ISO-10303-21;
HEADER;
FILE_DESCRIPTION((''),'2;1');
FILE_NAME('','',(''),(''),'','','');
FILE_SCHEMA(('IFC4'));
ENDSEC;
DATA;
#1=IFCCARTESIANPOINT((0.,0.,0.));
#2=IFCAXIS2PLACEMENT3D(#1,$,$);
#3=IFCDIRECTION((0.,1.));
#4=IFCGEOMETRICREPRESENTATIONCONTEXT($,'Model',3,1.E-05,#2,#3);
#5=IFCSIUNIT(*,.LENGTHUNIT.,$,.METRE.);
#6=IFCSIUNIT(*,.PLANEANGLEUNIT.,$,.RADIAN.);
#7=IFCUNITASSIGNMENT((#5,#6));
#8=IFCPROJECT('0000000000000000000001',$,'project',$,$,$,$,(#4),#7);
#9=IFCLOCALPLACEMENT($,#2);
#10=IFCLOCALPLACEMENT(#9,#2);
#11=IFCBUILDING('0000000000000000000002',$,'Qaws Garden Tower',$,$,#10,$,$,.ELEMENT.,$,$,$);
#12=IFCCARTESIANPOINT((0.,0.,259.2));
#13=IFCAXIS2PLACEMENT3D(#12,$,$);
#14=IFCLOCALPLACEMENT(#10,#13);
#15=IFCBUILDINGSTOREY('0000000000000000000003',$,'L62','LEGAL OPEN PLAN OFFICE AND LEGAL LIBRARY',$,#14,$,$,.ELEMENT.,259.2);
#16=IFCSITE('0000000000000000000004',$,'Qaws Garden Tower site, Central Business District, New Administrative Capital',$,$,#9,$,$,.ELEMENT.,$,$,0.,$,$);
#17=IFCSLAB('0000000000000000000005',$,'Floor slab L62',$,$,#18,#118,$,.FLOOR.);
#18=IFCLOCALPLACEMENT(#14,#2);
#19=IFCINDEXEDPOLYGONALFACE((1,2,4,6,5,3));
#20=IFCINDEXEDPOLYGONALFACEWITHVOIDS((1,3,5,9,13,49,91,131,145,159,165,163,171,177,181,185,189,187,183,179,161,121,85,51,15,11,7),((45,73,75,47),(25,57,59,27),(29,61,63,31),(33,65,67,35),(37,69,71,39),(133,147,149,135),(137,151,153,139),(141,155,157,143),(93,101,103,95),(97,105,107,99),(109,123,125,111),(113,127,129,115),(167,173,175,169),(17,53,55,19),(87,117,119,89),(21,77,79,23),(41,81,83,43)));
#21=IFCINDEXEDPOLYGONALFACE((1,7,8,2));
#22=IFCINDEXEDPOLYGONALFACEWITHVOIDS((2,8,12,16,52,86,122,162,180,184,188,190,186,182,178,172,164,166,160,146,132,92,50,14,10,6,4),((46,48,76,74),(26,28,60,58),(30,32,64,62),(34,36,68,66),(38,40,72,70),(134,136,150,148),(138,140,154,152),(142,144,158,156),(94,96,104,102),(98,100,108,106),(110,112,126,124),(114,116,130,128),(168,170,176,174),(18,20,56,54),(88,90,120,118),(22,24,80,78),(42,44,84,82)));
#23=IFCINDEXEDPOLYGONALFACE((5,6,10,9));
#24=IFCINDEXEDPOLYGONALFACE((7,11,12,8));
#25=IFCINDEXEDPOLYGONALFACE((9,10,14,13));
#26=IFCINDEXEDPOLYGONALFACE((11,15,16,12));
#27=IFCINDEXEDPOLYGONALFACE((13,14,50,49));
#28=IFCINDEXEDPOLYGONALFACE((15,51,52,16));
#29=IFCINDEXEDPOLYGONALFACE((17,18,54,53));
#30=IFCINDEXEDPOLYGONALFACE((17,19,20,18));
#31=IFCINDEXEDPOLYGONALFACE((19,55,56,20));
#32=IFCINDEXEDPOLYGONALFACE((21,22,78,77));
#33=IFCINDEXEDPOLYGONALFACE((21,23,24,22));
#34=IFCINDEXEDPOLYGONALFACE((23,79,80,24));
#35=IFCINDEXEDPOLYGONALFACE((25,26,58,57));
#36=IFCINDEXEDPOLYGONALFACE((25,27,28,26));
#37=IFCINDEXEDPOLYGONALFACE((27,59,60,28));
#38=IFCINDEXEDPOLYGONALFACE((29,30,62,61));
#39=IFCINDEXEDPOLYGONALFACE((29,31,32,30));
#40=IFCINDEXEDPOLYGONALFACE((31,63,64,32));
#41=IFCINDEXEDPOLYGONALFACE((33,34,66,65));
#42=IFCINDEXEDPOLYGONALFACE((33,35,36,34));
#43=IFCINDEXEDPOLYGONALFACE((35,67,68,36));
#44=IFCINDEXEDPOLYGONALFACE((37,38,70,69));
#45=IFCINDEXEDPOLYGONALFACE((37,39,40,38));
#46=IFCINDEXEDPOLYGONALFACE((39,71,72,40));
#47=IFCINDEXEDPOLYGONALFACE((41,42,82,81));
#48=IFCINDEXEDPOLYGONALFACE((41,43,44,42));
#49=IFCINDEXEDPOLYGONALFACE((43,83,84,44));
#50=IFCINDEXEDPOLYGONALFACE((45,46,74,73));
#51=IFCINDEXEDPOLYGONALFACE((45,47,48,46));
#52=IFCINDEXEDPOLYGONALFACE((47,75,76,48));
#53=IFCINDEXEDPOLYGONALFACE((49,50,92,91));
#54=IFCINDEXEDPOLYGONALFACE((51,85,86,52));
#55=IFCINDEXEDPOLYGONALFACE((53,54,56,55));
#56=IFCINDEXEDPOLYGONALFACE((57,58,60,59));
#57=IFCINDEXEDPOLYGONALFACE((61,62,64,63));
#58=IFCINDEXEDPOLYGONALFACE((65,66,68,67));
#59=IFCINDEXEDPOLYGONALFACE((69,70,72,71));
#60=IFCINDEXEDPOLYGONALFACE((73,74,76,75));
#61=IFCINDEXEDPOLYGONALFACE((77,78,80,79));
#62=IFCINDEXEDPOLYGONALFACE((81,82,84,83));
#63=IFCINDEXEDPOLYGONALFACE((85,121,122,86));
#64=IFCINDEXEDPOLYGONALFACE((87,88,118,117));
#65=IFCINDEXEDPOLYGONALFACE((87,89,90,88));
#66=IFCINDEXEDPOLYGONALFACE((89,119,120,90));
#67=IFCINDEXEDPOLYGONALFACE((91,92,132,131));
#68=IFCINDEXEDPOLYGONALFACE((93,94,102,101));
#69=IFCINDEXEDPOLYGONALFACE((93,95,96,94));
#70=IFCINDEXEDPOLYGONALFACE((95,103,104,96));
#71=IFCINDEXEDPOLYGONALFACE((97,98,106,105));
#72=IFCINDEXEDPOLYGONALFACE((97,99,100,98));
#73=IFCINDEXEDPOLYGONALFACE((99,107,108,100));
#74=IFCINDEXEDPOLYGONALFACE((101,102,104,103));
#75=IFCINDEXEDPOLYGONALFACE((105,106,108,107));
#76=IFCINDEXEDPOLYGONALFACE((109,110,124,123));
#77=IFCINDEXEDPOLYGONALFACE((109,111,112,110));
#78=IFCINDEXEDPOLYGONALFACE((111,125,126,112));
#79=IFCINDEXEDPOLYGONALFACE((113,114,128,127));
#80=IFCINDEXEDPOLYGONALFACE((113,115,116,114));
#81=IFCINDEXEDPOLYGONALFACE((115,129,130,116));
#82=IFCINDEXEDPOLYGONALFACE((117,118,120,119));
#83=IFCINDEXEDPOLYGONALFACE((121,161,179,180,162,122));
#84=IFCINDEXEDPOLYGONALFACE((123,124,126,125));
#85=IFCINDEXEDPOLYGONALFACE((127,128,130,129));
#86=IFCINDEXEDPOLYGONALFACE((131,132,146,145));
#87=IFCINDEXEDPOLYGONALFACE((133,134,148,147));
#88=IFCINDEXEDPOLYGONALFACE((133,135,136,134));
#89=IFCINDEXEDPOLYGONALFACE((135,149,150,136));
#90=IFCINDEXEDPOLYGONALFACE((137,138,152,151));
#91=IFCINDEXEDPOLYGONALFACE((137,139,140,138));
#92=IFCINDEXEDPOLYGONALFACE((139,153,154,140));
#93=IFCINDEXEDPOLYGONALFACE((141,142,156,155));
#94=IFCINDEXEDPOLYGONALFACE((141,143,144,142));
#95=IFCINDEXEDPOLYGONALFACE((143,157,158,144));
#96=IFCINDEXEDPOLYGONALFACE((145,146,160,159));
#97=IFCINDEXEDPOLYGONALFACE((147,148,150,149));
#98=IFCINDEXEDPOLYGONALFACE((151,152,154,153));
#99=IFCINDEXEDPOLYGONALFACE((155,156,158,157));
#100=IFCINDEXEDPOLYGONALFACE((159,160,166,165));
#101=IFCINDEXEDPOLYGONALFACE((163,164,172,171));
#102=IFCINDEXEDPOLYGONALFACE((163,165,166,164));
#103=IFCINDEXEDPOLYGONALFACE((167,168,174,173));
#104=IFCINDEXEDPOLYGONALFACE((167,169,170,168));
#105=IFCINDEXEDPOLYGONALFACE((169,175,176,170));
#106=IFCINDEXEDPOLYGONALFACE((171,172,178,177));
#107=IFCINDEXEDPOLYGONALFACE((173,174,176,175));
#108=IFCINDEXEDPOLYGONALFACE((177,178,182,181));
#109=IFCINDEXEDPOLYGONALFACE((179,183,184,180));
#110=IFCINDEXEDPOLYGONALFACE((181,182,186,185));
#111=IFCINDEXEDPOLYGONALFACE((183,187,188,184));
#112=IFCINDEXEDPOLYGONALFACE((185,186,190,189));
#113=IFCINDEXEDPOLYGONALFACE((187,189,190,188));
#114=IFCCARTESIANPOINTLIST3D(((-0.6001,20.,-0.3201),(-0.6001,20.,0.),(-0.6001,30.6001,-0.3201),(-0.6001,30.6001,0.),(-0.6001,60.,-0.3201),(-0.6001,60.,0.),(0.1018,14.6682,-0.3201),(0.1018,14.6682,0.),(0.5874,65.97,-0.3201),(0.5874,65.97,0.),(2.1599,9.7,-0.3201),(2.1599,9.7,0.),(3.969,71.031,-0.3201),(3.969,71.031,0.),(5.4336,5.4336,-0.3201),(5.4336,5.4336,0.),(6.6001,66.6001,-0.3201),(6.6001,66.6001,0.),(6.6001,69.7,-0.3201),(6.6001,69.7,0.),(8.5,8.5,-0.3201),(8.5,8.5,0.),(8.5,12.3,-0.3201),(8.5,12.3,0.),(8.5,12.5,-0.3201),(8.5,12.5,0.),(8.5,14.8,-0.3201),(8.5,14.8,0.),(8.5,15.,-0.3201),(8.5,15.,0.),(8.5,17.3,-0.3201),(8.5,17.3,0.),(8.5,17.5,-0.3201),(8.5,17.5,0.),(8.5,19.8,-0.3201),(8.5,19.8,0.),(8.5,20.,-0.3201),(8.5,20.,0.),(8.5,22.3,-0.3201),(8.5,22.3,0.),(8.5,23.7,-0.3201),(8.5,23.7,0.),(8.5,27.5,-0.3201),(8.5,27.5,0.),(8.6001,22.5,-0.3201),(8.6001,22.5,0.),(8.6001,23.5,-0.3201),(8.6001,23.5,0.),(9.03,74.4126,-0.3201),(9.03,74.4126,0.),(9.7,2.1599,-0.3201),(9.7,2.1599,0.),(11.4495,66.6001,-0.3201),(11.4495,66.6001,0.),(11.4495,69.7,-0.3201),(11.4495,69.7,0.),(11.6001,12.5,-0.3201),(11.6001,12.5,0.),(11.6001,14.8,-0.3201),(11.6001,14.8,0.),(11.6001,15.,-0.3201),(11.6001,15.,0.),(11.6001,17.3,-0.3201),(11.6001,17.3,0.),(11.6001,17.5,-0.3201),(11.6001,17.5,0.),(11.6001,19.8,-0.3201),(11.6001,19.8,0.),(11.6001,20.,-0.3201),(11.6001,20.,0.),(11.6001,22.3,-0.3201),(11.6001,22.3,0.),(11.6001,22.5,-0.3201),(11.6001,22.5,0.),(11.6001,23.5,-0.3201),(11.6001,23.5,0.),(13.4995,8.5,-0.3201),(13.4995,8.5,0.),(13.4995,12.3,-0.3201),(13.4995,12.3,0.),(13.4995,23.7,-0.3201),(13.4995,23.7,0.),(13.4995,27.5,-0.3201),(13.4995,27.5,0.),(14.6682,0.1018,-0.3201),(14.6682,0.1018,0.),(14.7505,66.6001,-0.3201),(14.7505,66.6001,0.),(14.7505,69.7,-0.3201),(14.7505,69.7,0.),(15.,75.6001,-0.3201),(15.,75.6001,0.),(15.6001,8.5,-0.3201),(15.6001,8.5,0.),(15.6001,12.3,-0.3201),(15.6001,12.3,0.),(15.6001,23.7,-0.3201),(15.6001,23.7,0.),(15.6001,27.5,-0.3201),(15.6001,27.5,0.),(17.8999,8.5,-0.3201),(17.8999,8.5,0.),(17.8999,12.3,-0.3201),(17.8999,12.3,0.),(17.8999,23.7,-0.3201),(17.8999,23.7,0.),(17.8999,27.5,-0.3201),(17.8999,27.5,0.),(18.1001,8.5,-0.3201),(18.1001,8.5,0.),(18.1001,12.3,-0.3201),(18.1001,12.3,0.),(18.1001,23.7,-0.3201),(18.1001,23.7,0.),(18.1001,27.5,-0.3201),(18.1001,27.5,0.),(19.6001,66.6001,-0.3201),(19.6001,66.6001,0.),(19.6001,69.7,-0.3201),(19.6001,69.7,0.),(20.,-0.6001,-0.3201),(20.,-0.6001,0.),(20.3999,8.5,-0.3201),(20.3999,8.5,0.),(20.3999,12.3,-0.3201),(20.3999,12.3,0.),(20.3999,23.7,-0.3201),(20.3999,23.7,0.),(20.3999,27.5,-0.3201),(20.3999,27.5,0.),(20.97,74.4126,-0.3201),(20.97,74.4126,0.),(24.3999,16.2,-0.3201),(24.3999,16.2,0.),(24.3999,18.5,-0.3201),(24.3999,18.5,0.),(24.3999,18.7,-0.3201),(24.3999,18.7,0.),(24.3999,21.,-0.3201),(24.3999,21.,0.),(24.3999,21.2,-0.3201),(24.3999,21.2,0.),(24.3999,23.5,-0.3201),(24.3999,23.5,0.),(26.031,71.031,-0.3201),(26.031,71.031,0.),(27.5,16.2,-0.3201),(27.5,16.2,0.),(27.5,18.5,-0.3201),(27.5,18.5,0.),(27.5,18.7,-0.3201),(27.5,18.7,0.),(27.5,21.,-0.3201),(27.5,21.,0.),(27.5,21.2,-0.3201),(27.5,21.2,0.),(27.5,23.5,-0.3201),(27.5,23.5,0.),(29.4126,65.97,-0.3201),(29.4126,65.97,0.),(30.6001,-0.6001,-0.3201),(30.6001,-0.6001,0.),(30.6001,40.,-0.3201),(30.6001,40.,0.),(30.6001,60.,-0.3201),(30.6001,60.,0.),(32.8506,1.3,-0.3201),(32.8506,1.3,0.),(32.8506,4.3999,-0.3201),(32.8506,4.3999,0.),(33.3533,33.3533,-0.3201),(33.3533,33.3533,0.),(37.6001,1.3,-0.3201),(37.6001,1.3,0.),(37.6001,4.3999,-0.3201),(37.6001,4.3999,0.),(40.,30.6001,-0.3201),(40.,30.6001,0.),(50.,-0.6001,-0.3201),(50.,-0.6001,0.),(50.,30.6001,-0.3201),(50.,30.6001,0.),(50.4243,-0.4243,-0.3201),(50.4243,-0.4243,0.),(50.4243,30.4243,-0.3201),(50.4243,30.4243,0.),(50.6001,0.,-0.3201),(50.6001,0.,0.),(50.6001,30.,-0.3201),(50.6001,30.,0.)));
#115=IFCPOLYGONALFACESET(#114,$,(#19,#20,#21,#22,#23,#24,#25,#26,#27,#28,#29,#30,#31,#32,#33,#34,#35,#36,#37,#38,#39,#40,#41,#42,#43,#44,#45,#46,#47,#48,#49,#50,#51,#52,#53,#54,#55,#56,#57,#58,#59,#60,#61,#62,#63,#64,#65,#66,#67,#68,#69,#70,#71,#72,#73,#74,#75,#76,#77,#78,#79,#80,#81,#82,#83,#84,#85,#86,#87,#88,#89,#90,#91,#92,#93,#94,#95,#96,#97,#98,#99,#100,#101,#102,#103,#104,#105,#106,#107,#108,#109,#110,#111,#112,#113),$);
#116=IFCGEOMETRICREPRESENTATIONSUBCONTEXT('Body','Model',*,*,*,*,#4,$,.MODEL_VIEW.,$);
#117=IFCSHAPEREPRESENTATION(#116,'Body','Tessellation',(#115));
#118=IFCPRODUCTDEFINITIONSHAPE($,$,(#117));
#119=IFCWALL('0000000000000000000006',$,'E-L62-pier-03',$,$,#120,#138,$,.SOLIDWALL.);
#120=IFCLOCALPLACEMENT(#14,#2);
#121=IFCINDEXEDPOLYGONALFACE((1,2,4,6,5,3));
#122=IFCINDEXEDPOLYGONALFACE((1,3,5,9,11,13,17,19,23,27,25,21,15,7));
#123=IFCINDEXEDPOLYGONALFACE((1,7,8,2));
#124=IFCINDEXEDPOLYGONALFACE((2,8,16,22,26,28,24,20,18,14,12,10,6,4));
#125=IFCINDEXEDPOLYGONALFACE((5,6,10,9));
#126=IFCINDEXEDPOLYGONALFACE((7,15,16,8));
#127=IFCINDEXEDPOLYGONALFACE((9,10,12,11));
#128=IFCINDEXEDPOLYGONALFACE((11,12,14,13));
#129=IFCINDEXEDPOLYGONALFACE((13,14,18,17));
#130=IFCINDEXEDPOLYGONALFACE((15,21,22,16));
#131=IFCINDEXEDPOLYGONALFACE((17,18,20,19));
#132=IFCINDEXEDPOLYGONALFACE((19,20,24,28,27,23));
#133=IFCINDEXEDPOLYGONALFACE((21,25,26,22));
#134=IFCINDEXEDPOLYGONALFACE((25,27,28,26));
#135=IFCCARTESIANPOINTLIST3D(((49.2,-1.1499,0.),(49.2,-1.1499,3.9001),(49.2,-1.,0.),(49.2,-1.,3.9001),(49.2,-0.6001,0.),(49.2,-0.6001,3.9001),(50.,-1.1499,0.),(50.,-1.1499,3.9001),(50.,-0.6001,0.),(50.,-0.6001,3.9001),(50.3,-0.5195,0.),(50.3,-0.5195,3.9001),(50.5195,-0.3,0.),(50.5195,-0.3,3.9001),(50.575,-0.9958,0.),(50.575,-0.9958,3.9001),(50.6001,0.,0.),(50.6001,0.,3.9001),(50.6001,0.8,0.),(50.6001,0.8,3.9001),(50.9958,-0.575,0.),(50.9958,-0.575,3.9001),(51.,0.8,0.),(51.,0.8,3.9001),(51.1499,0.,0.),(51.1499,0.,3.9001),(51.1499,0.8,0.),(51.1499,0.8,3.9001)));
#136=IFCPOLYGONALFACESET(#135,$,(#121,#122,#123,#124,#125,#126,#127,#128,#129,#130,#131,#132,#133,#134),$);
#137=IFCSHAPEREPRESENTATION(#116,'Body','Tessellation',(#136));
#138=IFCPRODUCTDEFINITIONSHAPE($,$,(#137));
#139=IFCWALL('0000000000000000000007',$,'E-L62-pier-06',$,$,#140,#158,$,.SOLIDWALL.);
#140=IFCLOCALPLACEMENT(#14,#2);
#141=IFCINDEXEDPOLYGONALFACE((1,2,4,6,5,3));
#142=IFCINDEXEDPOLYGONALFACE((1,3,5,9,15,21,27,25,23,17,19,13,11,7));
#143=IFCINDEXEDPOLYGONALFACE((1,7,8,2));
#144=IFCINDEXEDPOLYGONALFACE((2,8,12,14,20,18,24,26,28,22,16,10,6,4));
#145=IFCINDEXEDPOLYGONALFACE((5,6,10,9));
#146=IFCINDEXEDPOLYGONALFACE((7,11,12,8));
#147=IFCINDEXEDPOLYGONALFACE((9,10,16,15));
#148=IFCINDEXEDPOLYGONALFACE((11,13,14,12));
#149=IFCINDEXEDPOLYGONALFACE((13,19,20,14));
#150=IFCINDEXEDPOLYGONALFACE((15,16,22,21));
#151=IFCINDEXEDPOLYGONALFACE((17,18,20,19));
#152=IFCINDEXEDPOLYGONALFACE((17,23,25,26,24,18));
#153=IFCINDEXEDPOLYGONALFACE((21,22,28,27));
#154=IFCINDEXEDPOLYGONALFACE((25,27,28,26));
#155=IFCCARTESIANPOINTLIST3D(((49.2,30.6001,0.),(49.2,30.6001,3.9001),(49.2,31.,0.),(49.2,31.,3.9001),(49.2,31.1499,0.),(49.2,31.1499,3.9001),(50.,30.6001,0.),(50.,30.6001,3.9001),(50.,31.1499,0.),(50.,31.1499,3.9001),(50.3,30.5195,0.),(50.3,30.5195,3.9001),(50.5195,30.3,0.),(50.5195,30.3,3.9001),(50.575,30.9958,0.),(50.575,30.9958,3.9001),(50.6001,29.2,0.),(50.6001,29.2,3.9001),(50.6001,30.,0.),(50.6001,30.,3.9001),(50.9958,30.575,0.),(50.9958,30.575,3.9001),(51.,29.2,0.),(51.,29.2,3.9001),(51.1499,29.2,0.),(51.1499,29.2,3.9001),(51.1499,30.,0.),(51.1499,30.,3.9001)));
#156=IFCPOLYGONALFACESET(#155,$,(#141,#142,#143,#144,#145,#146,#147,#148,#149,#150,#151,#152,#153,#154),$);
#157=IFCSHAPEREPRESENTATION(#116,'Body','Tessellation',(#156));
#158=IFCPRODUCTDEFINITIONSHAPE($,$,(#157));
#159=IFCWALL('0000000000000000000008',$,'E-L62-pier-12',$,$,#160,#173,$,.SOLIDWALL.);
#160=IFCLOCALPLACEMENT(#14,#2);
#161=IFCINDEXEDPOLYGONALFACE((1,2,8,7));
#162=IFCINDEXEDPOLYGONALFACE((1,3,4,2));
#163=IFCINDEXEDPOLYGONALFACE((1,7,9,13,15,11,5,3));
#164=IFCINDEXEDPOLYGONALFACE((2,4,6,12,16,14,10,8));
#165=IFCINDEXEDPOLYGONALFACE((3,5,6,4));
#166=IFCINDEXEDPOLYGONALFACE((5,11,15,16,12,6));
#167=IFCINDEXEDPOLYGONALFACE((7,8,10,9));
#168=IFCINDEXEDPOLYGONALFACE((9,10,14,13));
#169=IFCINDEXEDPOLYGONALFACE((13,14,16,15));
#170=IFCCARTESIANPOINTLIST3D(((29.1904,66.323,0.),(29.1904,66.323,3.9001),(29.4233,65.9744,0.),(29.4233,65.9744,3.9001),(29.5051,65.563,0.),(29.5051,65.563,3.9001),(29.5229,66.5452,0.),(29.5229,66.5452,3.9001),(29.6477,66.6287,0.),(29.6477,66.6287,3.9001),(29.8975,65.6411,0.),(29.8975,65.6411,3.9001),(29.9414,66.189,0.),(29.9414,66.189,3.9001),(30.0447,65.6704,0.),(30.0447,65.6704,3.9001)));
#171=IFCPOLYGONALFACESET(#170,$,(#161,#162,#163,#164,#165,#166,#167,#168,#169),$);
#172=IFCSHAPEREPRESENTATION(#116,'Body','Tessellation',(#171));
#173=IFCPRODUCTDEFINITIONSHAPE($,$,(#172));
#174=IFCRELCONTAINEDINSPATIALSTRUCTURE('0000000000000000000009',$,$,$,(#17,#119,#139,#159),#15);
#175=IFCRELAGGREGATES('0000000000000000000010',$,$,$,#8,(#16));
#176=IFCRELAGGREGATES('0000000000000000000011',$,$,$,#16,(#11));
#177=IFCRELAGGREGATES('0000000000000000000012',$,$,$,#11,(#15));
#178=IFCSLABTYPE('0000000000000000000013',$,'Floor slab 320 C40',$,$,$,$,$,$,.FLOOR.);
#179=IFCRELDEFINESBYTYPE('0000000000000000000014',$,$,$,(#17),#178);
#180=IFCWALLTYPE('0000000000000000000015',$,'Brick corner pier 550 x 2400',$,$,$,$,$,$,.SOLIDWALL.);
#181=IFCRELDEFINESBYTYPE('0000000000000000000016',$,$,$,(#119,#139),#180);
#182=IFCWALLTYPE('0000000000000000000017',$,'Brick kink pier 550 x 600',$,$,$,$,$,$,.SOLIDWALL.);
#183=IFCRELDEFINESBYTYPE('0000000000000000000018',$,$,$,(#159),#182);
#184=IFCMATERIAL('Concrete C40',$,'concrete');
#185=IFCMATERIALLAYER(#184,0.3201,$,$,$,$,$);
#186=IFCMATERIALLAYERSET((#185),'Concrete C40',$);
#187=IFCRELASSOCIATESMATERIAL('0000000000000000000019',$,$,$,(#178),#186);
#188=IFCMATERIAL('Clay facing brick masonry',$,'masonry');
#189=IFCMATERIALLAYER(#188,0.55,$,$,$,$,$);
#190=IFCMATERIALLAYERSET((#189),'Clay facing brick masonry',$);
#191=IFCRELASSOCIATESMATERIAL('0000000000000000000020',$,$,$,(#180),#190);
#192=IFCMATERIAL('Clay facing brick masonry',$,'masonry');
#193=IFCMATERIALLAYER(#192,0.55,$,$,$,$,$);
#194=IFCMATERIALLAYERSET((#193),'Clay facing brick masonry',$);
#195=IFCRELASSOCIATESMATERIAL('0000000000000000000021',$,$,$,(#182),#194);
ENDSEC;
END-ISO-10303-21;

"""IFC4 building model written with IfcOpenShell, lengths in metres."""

from ifc_helpers import new_model, si_unit, direction, frame, origin, place, context, subcontext, project, spatial, polyline, outline, extrude, material, layer, layer_set, type_object, element, save


model = new_model("IFC4")

# Units and contexts
model_context = context("Model", 3, precision=1e-05, world=origin(), true_north=direction((0.0, 1.0)))
body_context = subcontext(model_context, "Body", "Model", "MODEL_VIEW")
ifc_project = project(units=[si_unit("LENGTHUNIT", "METRE"), si_unit("PLANEANGLEUNIT", "RADIAN")], contexts=[model_context])

# Site, building, storey
site_placement = place(None, origin())
site = spatial("IfcSite", under=ifc_project, at=site_placement, Name="Qaws Garden Tower site, Central Business District, New Administrative Capital", CompositionType="ELEMENT", RefElevation=0.0)
building_placement = place(site_placement, origin())
building = spatial("IfcBuilding", under=site, at=building_placement, Name="Qaws Garden Tower", CompositionType="ELEMENT")
storey_placement = place(building_placement, frame((0.0, 0.0, 259.2)))
storey = spatial("IfcBuildingStorey", under=building, at=storey_placement, Name="L62", Description="LEGAL OPEN PLAN OFFICE AND LEGAL LIBRARY", CompositionType="ELEMENT", Elevation=259.2)

# Slab
ifc_material_1 = material(Name="Concrete C40", Category="concrete")
ifc_layer_1 = layer(ifc_material_1, 0.3201)
ifc_layer_set_1 = layer_set([ifc_layer_1], Name="Concrete C40")
slab_type = type_object("IfcSlabType", Name="Floor slab 320 C40", PredefinedType="FLOOR", material=ifc_layer_set_1)
slab_placement = place(storey_placement, frame((0.0, 0.0, -0.3201)))
element("IfcSlab", 1, at=slab_placement, inside=storey, type_object=slab_type, Name="Floor slab L62", PredefinedType="FLOOR", context=body_context, shape_type="SweptSolid", body=[
    extrude(outline(polyline([(0.1018, 14.6682), (-0.6001, 20.0), (-0.6001, 30.6001), (-0.6001, 60.0), (-0.6001, 60.0), (0.5874, 65.97), (3.969, 71.031), (9.03, 74.4126), (15.0, 75.6001), (20.97, 74.4126), (26.031, 71.031), (29.4126, 65.97), (30.6001, 60.0), (30.6001, 40.0), (33.3533, 33.3533), (40.0, 30.6001), (50.0, 30.6001), (50.4243, 30.4243), (50.6001, 30.0), (50.6001, 0.0), (50.4243, -0.4243), (50.0, -0.6001), (30.6001, -0.6001), (20.0, -0.6001), (14.6682, 0.1018), (9.7, 2.1599), (5.4336, 5.4336), (2.1599, 9.7), (0.1018, 14.6682)]), holes=[polyline([(13.4995, 12.3), (8.5, 12.3), (8.5, 8.5), (13.4995, 8.5), (13.4995, 12.3)]), polyline([(17.8999, 12.3), (15.6001, 12.3), (15.6001, 8.5), (17.8999, 8.5), (17.8999, 12.3)]), polyline([(11.6001, 14.8), (8.5, 14.8), (8.5, 12.5), (11.6001, 12.5), (11.6001, 14.8)]), polyline([(11.6001, 17.3), (8.5, 17.3), (8.5, 15.0), (11.6001, 15.0), (11.6001, 17.3)]), polyline([(11.6001, 19.8), (8.5, 19.8), (8.5, 17.5), (11.6001, 17.5), (11.6001, 19.8)]), polyline([(11.6001, 22.3), (8.5, 22.3), (8.5, 20.0), (11.6001, 20.0), (11.6001, 22.3)]), polyline([(11.6001, 23.5), (8.6001, 23.5), (8.6001, 22.5), (11.6001, 22.5), (11.6001, 23.5)]), polyline([(13.4995, 27.5), (8.5, 27.5), (8.5, 23.7), (13.4995, 23.7), (13.4995, 27.5)]), polyline([(11.4495, 69.7), (6.6001, 69.7), (6.6001, 66.6001), (11.4495, 66.6001), (11.4495, 69.7)]), polyline([(37.6001, 4.3999), (32.8506, 4.3999), (32.8506, 1.3), (37.6001, 1.3), (37.6001, 4.3999)]), polyline([(20.3999, 12.3), (18.1001, 12.3), (18.1001, 8.5), (20.3999, 8.5), (20.3999, 12.3)]), polyline([(27.5, 18.5), (24.3999, 18.5), (24.3999, 16.2), (27.5, 16.2), (27.5, 18.5)]), polyline([(27.5, 21.0), (24.3999, 21.0), (24.3999, 18.7), (27.5, 18.7), (27.5, 21.0)]), polyline([(27.5, 23.5), (24.3999, 23.5), (24.3999, 21.2), (27.5, 21.2), (27.5, 23.5)]), polyline([(17.8999, 27.5), (15.6001, 27.5), (15.6001, 23.7), (17.8999, 23.7), (17.8999, 27.5)]), polyline([(20.3999, 23.7), (20.3999, 27.5), (18.1001, 27.5), (18.1001, 23.7), (20.3999, 23.7)]), polyline([(19.6001, 66.6001), (19.6001, 69.7), (14.7505, 69.7), (14.7505, 66.6001), (19.6001, 66.6001)])]), origin(), (0.0, 0.0, 1.0), 0.3201),
])

# Walls
ifc_material_2 = material(Name="Clay facing brick masonry", Category="masonry")
ifc_layer_2 = layer(ifc_material_2, 0.55)
ifc_layer_set_2 = layer_set([ifc_layer_2], Name="Clay facing brick masonry")
wall_type_1 = type_object("IfcWallType", Name="Brick corner pier 550 x 2400", PredefinedType="SOLIDWALL", material=ifc_layer_set_2)
placement = place(storey_placement, origin())
element("IfcWall", 2, at=placement, inside=storey, type_object=wall_type_1, Name="E-L62-pier-03", PredefinedType="SOLIDWALL", context=body_context, shape_type="SweptSolid", body=[
    extrude(outline(polyline([(49.2, -1.0), (49.2, -1.1499), (50.0, -1.1499), (50.575, -0.9958), (50.9958, -0.575), (51.1499, 0.0), (51.1499, 0.8), (51.0, 0.8), (50.6001, 0.8), (50.6001, 0.0), (50.5195, -0.3), (50.3, -0.5195), (50.0, -0.6001), (49.2, -0.6001), (49.2, -1.0)])), origin(), (0.0, 0.0, 1.0), 3.9001),
])
element("IfcWall", 3, at=placement, inside=storey, type_object=wall_type_1, Name="E-L62-pier-06", PredefinedType="SOLIDWALL", context=body_context, shape_type="SweptSolid", body=[
    extrude(outline(polyline([(51.0, 29.2), (51.1499, 29.2), (51.1499, 30.0), (50.9958, 30.575), (50.575, 30.9958), (50.0, 31.1499), (49.2, 31.1499), (49.2, 31.0), (49.2, 30.6001), (50.0, 30.6001), (50.3, 30.5195), (50.5195, 30.3), (50.6001, 30.0), (50.6001, 29.2), (51.0, 29.2)])), origin(), (0.0, 0.0, 1.0), 3.9001),
])
ifc_material_3 = material(Name="Clay facing brick masonry", Category="masonry")
ifc_layer_3 = layer(ifc_material_3, 0.55)
ifc_layer_set_3 = layer_set([ifc_layer_3], Name="Clay facing brick masonry")
wall_type_2 = type_object("IfcWallType", Name="Brick kink pier 550 x 600", PredefinedType="SOLIDWALL", material=ifc_layer_set_3)
element("IfcWall", 4, at=placement, inside=storey, type_object=wall_type_2, Name="E-L62-pier-12", PredefinedType="SOLIDWALL", context=body_context, shape_type="SweptSolid", body=[
    extrude(outline(polyline([(29.8975, 65.6411), (30.0447, 65.6704), (29.9414, 66.189), (29.6477, 66.6287), (29.5229, 66.5452), (29.1904, 66.323), (29.4233, 65.9744), (29.5051, 65.563), (29.8975, 65.6411)])), origin(), (0.0, 0.0, 1.0), 3.9001),
])

save(model, "model.ifc")
